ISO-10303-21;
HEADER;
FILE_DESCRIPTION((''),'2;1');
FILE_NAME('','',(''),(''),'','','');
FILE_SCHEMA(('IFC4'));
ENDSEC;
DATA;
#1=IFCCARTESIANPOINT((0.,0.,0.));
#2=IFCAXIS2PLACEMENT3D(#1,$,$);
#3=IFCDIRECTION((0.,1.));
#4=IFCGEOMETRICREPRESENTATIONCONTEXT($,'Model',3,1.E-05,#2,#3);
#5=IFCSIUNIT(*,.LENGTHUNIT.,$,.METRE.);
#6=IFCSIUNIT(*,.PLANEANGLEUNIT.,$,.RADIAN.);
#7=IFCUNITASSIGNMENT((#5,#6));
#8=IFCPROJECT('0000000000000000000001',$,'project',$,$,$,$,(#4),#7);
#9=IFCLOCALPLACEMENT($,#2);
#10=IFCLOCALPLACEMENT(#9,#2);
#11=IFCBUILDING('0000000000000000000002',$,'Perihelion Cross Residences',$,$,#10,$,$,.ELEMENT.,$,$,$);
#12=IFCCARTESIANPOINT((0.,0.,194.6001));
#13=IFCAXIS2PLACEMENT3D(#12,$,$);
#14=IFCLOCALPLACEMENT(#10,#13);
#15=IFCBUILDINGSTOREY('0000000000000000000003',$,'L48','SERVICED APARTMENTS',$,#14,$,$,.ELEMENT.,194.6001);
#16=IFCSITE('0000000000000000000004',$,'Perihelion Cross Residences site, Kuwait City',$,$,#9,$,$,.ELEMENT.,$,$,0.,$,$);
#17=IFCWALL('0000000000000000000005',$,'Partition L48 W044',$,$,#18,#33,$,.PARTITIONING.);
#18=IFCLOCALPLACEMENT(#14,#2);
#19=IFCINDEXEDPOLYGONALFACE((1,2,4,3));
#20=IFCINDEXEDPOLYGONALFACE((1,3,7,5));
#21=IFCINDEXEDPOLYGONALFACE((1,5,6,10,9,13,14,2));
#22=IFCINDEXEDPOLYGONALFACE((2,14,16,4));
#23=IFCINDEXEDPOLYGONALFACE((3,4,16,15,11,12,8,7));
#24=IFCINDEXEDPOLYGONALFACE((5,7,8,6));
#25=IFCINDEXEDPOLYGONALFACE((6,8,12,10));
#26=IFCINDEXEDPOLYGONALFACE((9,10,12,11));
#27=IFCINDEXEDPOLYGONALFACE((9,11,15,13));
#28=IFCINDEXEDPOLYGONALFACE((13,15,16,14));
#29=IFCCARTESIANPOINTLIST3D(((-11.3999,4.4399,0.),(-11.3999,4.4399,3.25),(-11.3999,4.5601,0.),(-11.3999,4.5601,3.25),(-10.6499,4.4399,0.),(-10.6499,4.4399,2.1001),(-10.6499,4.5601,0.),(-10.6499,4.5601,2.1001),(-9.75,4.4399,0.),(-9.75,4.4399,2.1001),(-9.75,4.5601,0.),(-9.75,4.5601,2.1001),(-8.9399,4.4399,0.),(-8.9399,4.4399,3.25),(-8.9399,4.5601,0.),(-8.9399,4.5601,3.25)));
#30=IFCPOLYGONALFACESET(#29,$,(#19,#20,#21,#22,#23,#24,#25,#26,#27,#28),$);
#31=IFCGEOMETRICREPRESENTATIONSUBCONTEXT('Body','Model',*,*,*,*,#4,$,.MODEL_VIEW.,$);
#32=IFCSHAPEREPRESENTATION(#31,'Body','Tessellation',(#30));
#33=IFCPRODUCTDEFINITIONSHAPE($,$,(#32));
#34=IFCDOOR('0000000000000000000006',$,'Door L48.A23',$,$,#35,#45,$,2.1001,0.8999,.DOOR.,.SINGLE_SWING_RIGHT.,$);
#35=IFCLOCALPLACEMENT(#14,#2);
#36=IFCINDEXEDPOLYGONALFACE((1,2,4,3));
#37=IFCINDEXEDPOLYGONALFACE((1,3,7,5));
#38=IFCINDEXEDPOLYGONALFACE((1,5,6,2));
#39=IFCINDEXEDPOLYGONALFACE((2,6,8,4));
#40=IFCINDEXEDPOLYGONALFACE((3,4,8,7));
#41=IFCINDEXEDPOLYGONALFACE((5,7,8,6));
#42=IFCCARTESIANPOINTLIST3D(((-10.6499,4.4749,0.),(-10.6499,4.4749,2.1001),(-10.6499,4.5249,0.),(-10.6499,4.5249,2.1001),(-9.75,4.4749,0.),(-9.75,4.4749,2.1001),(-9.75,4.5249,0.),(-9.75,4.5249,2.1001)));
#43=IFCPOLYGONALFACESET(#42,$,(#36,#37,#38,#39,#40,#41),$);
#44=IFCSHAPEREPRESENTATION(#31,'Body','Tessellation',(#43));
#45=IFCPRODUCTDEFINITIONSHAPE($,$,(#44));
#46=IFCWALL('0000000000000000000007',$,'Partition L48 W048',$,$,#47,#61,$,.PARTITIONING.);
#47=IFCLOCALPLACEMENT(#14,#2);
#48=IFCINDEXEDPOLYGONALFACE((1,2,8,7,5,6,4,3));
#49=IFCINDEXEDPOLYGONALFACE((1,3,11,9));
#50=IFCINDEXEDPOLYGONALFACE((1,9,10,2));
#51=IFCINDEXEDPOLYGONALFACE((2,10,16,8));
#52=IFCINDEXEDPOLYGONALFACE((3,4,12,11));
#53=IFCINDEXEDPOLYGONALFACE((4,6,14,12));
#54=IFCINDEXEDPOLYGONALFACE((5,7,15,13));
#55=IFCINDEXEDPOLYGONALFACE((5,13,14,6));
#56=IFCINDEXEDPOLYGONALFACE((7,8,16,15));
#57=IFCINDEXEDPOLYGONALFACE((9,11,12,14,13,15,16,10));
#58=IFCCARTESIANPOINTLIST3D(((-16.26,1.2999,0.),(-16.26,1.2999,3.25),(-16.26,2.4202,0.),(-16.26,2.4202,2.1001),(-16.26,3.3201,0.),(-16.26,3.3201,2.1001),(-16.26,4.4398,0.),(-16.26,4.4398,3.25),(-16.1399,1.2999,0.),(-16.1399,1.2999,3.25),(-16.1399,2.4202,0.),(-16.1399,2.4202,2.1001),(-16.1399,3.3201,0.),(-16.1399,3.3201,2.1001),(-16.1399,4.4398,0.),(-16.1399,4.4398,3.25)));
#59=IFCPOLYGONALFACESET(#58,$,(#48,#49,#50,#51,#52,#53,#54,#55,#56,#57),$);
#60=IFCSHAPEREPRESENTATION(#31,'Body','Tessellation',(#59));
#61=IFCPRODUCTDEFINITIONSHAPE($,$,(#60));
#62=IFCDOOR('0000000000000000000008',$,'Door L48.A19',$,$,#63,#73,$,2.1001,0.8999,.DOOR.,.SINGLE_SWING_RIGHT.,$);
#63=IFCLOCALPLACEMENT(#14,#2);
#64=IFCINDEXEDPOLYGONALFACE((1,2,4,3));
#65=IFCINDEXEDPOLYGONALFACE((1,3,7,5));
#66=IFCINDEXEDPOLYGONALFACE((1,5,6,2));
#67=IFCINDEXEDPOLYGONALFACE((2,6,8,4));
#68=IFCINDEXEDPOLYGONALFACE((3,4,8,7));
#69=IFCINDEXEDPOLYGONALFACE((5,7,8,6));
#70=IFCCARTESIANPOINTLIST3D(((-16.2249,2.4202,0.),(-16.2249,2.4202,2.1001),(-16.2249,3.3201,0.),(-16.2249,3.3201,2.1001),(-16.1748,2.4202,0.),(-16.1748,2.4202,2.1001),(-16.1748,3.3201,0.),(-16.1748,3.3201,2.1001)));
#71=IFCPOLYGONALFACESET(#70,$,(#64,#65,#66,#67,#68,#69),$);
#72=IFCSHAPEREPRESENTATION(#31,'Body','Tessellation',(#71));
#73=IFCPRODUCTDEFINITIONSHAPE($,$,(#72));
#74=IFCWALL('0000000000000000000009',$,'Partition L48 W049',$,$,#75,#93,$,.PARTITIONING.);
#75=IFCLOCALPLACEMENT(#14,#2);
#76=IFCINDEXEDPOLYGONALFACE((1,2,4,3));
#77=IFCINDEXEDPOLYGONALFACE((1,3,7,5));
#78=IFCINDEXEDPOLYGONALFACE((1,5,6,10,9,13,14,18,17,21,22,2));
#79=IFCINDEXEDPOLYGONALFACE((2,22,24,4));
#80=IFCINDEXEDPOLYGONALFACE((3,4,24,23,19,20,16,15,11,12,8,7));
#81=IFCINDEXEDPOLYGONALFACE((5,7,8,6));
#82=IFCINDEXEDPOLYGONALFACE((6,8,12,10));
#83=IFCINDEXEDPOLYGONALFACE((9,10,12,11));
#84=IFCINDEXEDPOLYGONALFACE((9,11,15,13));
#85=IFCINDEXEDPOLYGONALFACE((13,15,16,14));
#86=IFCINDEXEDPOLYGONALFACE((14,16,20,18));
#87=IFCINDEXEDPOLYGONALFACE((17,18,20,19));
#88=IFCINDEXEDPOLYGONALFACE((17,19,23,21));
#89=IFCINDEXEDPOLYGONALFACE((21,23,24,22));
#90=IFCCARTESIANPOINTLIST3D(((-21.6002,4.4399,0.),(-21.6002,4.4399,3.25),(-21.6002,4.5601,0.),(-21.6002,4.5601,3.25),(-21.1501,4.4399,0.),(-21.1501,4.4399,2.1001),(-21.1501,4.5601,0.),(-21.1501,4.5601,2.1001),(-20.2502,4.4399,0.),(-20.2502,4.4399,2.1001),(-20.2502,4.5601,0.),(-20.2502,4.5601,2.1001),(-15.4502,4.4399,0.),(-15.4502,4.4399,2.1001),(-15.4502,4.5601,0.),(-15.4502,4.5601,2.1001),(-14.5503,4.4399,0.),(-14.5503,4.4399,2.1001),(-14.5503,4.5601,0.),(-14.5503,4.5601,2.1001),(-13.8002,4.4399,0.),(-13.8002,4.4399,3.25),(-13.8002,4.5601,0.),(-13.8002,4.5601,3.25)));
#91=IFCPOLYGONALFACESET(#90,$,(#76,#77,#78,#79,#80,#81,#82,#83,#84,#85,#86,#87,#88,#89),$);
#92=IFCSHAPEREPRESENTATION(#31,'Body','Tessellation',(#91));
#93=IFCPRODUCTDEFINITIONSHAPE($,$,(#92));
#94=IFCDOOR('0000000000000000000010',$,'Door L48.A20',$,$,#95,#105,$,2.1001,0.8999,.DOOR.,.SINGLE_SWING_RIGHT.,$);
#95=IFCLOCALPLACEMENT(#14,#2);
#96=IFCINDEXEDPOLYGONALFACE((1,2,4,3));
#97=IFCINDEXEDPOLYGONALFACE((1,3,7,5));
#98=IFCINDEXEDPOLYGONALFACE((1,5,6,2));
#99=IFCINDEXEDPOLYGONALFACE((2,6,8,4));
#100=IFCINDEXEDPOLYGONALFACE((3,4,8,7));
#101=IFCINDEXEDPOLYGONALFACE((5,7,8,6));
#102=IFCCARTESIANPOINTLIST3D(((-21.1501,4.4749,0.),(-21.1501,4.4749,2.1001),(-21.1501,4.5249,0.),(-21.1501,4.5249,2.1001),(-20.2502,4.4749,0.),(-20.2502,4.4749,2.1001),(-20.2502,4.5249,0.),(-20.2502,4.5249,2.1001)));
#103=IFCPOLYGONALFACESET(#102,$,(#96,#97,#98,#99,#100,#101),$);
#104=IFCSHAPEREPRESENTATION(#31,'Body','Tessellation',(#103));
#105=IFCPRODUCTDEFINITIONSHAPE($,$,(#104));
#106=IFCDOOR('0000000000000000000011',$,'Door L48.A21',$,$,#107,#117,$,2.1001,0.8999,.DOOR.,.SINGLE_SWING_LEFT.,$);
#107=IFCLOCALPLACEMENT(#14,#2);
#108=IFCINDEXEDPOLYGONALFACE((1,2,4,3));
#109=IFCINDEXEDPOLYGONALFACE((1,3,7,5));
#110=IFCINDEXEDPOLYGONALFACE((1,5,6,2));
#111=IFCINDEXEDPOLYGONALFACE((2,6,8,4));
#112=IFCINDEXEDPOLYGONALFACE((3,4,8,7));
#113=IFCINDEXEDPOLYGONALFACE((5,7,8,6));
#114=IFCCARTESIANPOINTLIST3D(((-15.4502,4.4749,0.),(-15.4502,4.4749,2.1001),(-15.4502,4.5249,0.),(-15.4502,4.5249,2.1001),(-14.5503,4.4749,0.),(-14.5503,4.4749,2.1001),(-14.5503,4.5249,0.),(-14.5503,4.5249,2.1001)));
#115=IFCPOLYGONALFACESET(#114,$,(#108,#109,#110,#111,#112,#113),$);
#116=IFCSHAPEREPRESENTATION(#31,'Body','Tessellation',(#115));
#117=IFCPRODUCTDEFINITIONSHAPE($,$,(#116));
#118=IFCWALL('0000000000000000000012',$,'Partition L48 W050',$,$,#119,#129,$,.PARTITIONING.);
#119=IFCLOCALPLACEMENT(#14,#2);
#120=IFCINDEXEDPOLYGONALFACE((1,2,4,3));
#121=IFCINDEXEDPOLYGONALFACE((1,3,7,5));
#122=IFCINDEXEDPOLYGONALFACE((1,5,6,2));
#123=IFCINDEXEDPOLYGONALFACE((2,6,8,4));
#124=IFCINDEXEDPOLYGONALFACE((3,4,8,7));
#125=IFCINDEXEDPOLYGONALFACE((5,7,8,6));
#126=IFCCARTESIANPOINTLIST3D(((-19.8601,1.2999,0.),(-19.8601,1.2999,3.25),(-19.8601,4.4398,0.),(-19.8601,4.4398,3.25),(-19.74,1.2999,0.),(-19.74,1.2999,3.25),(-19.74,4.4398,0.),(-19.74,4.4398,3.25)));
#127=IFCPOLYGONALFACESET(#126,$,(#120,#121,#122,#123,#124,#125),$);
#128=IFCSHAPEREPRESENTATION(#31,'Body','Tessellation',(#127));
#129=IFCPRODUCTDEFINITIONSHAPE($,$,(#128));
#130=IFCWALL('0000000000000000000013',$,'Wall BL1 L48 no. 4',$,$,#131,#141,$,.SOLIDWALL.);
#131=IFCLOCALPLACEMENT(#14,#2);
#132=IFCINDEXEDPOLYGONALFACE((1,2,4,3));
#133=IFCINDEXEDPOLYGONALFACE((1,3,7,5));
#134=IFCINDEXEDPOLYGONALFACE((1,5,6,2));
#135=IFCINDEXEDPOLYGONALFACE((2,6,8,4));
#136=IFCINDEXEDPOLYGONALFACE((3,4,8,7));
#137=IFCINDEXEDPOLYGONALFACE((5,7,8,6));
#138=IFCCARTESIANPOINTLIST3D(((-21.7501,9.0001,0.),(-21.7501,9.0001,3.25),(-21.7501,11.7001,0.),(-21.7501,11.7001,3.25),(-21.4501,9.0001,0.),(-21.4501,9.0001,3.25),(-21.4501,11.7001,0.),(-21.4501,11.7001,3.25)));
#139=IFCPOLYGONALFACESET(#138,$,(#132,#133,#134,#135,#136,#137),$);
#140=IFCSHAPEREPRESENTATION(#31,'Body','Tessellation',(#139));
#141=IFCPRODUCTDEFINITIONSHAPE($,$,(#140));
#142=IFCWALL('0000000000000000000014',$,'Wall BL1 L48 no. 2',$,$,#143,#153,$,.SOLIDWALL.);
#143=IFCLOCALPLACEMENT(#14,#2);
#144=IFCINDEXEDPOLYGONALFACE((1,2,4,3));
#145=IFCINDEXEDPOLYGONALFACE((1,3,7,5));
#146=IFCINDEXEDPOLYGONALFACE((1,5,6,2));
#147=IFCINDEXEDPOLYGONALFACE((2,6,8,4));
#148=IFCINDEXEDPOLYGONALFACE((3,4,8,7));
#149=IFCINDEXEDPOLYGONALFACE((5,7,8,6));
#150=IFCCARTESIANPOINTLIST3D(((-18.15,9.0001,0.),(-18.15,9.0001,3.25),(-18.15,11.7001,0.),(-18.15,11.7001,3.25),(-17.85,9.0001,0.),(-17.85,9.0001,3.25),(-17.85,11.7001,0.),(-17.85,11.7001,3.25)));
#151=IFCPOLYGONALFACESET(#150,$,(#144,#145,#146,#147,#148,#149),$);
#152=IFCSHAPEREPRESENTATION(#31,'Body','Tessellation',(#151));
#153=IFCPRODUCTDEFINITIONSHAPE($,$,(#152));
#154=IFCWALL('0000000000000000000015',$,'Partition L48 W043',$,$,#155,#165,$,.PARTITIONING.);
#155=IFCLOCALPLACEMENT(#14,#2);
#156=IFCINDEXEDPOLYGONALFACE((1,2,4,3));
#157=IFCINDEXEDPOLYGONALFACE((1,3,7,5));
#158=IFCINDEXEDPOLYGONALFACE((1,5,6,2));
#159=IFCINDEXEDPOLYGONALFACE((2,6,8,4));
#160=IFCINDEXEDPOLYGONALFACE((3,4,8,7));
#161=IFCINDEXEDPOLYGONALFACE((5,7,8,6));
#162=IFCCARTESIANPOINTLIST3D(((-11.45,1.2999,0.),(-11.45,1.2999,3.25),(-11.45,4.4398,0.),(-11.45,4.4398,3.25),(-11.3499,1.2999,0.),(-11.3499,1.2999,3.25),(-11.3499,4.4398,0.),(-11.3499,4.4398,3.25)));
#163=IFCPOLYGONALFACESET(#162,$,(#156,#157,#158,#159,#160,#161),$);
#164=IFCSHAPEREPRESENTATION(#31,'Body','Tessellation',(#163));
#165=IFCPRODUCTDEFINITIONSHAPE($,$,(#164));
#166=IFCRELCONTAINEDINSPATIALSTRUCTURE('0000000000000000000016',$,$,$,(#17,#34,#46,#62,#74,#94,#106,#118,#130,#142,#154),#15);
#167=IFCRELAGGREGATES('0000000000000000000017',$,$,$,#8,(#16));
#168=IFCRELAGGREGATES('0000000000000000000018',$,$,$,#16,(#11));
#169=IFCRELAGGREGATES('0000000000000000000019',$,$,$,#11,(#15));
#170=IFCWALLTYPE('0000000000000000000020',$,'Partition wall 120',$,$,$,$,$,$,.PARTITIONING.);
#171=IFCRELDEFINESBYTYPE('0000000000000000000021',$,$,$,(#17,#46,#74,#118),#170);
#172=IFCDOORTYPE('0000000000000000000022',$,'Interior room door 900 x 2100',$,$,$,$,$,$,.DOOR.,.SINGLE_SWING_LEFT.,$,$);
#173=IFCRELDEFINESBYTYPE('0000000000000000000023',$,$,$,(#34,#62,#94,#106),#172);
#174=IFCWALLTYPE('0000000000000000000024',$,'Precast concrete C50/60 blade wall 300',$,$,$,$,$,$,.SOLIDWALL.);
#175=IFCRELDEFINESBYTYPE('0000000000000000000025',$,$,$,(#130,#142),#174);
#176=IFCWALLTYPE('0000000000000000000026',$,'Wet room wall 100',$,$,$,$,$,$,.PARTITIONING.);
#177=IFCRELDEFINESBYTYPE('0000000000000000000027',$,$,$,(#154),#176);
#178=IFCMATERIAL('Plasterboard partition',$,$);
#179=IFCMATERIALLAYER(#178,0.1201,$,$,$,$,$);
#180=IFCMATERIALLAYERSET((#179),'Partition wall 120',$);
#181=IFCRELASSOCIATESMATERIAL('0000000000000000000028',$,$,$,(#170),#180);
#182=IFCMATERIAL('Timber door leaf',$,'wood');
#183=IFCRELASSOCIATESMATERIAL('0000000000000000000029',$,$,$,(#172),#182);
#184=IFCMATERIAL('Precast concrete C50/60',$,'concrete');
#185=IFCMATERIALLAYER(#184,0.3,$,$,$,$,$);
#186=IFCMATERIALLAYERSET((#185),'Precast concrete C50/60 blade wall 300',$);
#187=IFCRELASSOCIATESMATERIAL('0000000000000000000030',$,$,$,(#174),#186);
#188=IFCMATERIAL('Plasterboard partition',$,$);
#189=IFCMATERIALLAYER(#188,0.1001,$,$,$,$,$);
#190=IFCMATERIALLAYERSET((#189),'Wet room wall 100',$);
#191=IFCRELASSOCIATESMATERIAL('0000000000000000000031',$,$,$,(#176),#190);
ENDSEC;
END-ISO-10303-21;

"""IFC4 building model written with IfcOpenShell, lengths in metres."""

from ifc_helpers import new_model, si_unit, direction, frame, frame_2d, origin, place, context, subcontext, project, spatial, rectangle, extrude, material, layer, layer_set, type_object, element, fill, save


model = new_model("IFC4")

# Units and contexts
model_context = context("Model", 3, precision=1e-05, world=origin(), true_north=direction((0.0, 1.0)))
body_context = subcontext(model_context, "Body", "Model", "MODEL_VIEW")
ifc_project = project(units=[si_unit("LENGTHUNIT", "METRE"), si_unit("PLANEANGLEUNIT", "RADIAN")], contexts=[model_context])

# Site, building, storey
site_placement = place(None, origin())
site = spatial("IfcSite", under=ifc_project, at=site_placement, Name="Perihelion Cross Residences site, Kuwait City", CompositionType="ELEMENT", RefElevation=0.0)
building_placement = place(site_placement, origin())
building = spatial("IfcBuilding", under=site, at=building_placement, Name="Perihelion Cross Residences", CompositionType="ELEMENT")
storey_placement = place(building_placement, frame((0.0, 0.0, 194.6001)))
storey = spatial("IfcBuildingStorey", under=building, at=storey_placement, Name="L48", Description="SERVICED APARTMENTS", CompositionType="ELEMENT", Elevation=194.6001)

# Walls, openings, doors
ifc_material_1 = material(Name="Plasterboard partition")
ifc_layer_1 = layer(ifc_material_1, 0.1201)
ifc_layer_set_1 = layer_set([ifc_layer_1], Name="Partition wall 120")
wall_type_1 = type_object("IfcWallType", Name="Partition wall 120", PredefinedType="PARTITIONING", material=ifc_layer_set_1)
wall_1_placement = place(storey_placement, frame((-11.3999, 4.5, 0.0), z_axis=(0.0, 0.0, 1.0), x_axis=(1.0, 0.0, 0.0)))
wall_1 = element("IfcWall", 1, at=wall_1_placement, inside=storey, type_object=wall_type_1, Name="Partition L48 W044", PredefinedType="PARTITIONING", context=body_context, shape_type="SweptSolid", body=[
    extrude(rectangle(XDim=2.46, YDim=0.1201, at=frame_2d((1.23, 0.0))), origin(), (0.0, 0.0, 1.0), 3.25),
])
opening_1_placement = place(wall_1_placement, frame((0.75, 0.0, 0.0)))
opening_1 = element("IfcOpeningElement", 2, at=opening_1_placement, cuts=wall_1, PredefinedType="OPENING", context=body_context, shape_type="SweptSolid", body=[
    extrude(rectangle(XDim=0.8999, YDim=2.1001, at=frame_2d((0.45, 1.05))), frame((0.0, 0.0701, 0.0), z_axis=(0.0, -1.0, 0.0), x_axis=(1.0, 0.0, 0.0)), (0.0, 0.0, 1.0), 0.1401),
])
ifc_material_2 = material(Name="Timber door leaf", Category="wood")
door_type_1 = type_object("IfcDoorType", Name="Interior room door 900 x 2100", OperationType="SINGLE_SWING_LEFT", PredefinedType="DOOR", material=ifc_material_2)
door_1_placement = place(opening_1_placement, origin())
door_1 = element("IfcDoor", 3, at=door_1_placement, inside=storey, type_object=door_type_1, Name="Door L48.A23", OperationType="SINGLE_SWING_RIGHT", OverallHeight=2.1001, OverallWidth=0.8999, PredefinedType="DOOR", context=body_context, shape_type="SweptSolid", body=[
    extrude(rectangle(XDim=0.8999, YDim=2.1001, at=frame_2d((0.45, 1.05))), frame((0.0, 0.0249, 0.0), z_axis=(0.0, -1.0, 0.0), x_axis=(1.0, 0.0, 0.0)), (0.0, 0.0, 1.0), 0.05),
])
fill(opening_1, door_1)
wall_2_placement = place(storey_placement, frame((-16.2, 1.3, 0.0), z_axis=(0.0, 0.0, 1.0), x_axis=(0.0, 1.0, 0.0)))
wall_2 = element("IfcWall", 4, at=wall_2_placement, inside=storey, type_object=wall_type_1, Name="Partition L48 W048", PredefinedType="PARTITIONING", context=body_context, shape_type="SweptSolid", body=[
    extrude(rectangle(XDim=3.1399, YDim=0.1201, at=frame_2d((1.5698, 0.0))), origin(), (0.0, 0.0, 1.0), 3.25),
])
opening_2_placement = place(wall_2_placement, frame((1.1201, 0.0, 0.0)))
opening_2 = element("IfcOpeningElement", 5, at=opening_2_placement, cuts=wall_2, PredefinedType="OPENING", context=body_context, shape_type="SweptSolid", body=[
    extrude(rectangle(XDim=0.8999, YDim=2.1001, at=frame_2d((0.45, 1.05))), frame((0.0, 0.0701, 0.0), z_axis=(0.0, -1.0, 0.0), x_axis=(1.0, 0.0, 0.0)), (0.0, 0.0, 1.0), 0.1401),
])
door_2_placement = place(opening_2_placement, origin())
door_2 = element("IfcDoor", 6, at=door_2_placement, inside=storey, type_object=door_type_1, Name="Door L48.A19", OperationType="SINGLE_SWING_RIGHT", OverallHeight=2.1001, OverallWidth=0.8999, PredefinedType="DOOR", context=body_context, shape_type="SweptSolid", body=[
    extrude(rectangle(XDim=0.8999, YDim=2.1001, at=frame_2d((0.45, 1.05))), frame((0.0, 0.0249, 0.0), z_axis=(0.0, -1.0, 0.0), x_axis=(1.0, 0.0, 0.0)), (0.0, 0.0, 1.0), 0.05),
])
fill(opening_2, door_2)

# Wall, openings, doors
wall_3_placement = place(storey_placement, frame((-21.6001, 4.5, 0.0), z_axis=(0.0, 0.0, 1.0), x_axis=(1.0, 0.0, 0.0)))
wall_3 = element("IfcWall", 7, at=wall_3_placement, inside=storey, type_object=wall_type_1, Name="Partition L48 W049", PredefinedType="PARTITIONING", context=body_context, shape_type="SweptSolid", body=[
    extrude(rectangle(XDim=7.8, YDim=0.1201, at=frame_2d((3.8999, 0.0))), origin(), (0.0, 0.0, 1.0), 3.25),
])
opening_3_placement = place(wall_3_placement, frame((0.45, 0.0, 0.0)))
opening_3 = element("IfcOpeningElement", 8, at=opening_3_placement, cuts=wall_3, PredefinedType="OPENING", context=body_context, shape_type="SweptSolid", body=[
    extrude(rectangle(XDim=0.8999, YDim=2.1001, at=frame_2d((0.45, 1.05))), frame((0.0, 0.0701, 0.0), z_axis=(0.0, -1.0, 0.0), x_axis=(1.0, 0.0, 0.0)), (0.0, 0.0, 1.0), 0.1401),
])
opening_4_placement = place(wall_3_placement, frame((6.1499, 0.0, 0.0)))
opening_4 = element("IfcOpeningElement", 9, at=opening_4_placement, cuts=wall_3, PredefinedType="OPENING", context=body_context, shape_type="SweptSolid", body=[
    extrude(rectangle(XDim=0.8999, YDim=2.1001, at=frame_2d((0.45, 1.05))), frame((0.0, 0.0701, 0.0), z_axis=(0.0, -1.0, 0.0), x_axis=(1.0, 0.0, 0.0)), (0.0, 0.0, 1.0), 0.1401),
])
door_3_placement = place(opening_3_placement, origin())
door_3 = element("IfcDoor", 10, at=door_3_placement, inside=storey, type_object=door_type_1, Name="Door L48.A20", OperationType="SINGLE_SWING_RIGHT", OverallHeight=2.1001, OverallWidth=0.8999, PredefinedType="DOOR", context=body_context, shape_type="SweptSolid", body=[
    extrude(rectangle(XDim=0.8999, YDim=2.1001, at=frame_2d((0.45, 1.05))), frame((0.0, 0.0249, 0.0), z_axis=(0.0, -1.0, 0.0), x_axis=(1.0, 0.0, 0.0)), (0.0, 0.0, 1.0), 0.05),
])
fill(opening_3, door_3)
door_4_placement = place(opening_4_placement, origin())
door_4 = element("IfcDoor", 11, at=door_4_placement, inside=storey, type_object=door_type_1, Name="Door L48.A21", OperationType="SINGLE_SWING_LEFT", OverallHeight=2.1001, OverallWidth=0.8999, PredefinedType="DOOR", context=body_context, shape_type="SweptSolid", body=[
    extrude(rectangle(XDim=0.8999, YDim=2.1001, at=frame_2d((0.45, 1.05))), frame((0.0, 0.0249, 0.0), z_axis=(0.0, -1.0, 0.0), x_axis=(1.0, 0.0, 0.0)), (0.0, 0.0, 1.0), 0.05),
])
fill(opening_4, door_4)

# Walls
wall_4_placement = place(storey_placement, frame((-19.8, 1.3, 0.0), z_axis=(0.0, 0.0, 1.0), x_axis=(0.0, 1.0, 0.0)))
element("IfcWall", 12, at=wall_4_placement, inside=storey, type_object=wall_type_1, Name="Partition L48 W050", PredefinedType="PARTITIONING", context=body_context, shape_type="SweptSolid", body=[
    extrude(rectangle(XDim=3.1399, YDim=0.1201, at=frame_2d((1.5698, 0.0))), origin(), (0.0, 0.0, 1.0), 3.25),
])
ifc_material_3 = material(Name="Precast concrete C50/60", Category="concrete")
ifc_layer_2 = layer(ifc_material_3, 0.3)
ifc_layer_set_2 = layer_set([ifc_layer_2], Name="Precast concrete C50/60 blade wall 300")
wall_type_2 = type_object("IfcWallType", Name="Precast concrete C50/60 blade wall 300", PredefinedType="SOLIDWALL", material=ifc_layer_set_2)
for number, where, z_axis, x_axis, name in (
    (13, (-21.6001, 9.0, 0.0), (0.0, 0.0, 1.0), (0.0, 1.0, 0.0), "Wall BL1 L48 no. 4"),
    (14, (-18.0, 9.0, 0.0), (0.0, 0.0, 1.0), (0.0, 1.0, 0.0), "Wall BL1 L48 no. 2"),
):
    element("IfcWall", number, at=place(storey_placement, frame(where, z_axis=z_axis, x_axis=x_axis)), inside=storey, type_object=wall_type_2, Name=name, PredefinedType="SOLIDWALL", context=body_context, shape_type="SweptSolid", body=[
        extrude(rectangle(XDim=2.7, YDim=0.3, at=frame_2d((1.3501, 0.0))), origin(), (0.0, 0.0, 1.0), 3.25),
    ])
ifc_material_4 = material(Name="Plasterboard partition")
ifc_layer_3 = layer(ifc_material_4, 0.1001)
ifc_layer_set_3 = layer_set([ifc_layer_3], Name="Wet room wall 100")
wall_type_3 = type_object("IfcWallType", Name="Wet room wall 100", PredefinedType="PARTITIONING", material=ifc_layer_set_3)
wall_5_placement = place(storey_placement, frame((-11.3999, 1.3, 0.0), z_axis=(0.0, 0.0, 1.0), x_axis=(0.0, 1.0, 0.0)))
element("IfcWall", 15, at=wall_5_placement, inside=storey, type_object=wall_type_3, Name="Partition L48 W043", PredefinedType="PARTITIONING", context=body_context, shape_type="SweptSolid", body=[
    extrude(rectangle(XDim=3.1399, YDim=0.1001, at=frame_2d((1.5698, 0.0))), origin(), (0.0, 0.0, 1.0), 3.25),
])

save(model, "model.ifc")
